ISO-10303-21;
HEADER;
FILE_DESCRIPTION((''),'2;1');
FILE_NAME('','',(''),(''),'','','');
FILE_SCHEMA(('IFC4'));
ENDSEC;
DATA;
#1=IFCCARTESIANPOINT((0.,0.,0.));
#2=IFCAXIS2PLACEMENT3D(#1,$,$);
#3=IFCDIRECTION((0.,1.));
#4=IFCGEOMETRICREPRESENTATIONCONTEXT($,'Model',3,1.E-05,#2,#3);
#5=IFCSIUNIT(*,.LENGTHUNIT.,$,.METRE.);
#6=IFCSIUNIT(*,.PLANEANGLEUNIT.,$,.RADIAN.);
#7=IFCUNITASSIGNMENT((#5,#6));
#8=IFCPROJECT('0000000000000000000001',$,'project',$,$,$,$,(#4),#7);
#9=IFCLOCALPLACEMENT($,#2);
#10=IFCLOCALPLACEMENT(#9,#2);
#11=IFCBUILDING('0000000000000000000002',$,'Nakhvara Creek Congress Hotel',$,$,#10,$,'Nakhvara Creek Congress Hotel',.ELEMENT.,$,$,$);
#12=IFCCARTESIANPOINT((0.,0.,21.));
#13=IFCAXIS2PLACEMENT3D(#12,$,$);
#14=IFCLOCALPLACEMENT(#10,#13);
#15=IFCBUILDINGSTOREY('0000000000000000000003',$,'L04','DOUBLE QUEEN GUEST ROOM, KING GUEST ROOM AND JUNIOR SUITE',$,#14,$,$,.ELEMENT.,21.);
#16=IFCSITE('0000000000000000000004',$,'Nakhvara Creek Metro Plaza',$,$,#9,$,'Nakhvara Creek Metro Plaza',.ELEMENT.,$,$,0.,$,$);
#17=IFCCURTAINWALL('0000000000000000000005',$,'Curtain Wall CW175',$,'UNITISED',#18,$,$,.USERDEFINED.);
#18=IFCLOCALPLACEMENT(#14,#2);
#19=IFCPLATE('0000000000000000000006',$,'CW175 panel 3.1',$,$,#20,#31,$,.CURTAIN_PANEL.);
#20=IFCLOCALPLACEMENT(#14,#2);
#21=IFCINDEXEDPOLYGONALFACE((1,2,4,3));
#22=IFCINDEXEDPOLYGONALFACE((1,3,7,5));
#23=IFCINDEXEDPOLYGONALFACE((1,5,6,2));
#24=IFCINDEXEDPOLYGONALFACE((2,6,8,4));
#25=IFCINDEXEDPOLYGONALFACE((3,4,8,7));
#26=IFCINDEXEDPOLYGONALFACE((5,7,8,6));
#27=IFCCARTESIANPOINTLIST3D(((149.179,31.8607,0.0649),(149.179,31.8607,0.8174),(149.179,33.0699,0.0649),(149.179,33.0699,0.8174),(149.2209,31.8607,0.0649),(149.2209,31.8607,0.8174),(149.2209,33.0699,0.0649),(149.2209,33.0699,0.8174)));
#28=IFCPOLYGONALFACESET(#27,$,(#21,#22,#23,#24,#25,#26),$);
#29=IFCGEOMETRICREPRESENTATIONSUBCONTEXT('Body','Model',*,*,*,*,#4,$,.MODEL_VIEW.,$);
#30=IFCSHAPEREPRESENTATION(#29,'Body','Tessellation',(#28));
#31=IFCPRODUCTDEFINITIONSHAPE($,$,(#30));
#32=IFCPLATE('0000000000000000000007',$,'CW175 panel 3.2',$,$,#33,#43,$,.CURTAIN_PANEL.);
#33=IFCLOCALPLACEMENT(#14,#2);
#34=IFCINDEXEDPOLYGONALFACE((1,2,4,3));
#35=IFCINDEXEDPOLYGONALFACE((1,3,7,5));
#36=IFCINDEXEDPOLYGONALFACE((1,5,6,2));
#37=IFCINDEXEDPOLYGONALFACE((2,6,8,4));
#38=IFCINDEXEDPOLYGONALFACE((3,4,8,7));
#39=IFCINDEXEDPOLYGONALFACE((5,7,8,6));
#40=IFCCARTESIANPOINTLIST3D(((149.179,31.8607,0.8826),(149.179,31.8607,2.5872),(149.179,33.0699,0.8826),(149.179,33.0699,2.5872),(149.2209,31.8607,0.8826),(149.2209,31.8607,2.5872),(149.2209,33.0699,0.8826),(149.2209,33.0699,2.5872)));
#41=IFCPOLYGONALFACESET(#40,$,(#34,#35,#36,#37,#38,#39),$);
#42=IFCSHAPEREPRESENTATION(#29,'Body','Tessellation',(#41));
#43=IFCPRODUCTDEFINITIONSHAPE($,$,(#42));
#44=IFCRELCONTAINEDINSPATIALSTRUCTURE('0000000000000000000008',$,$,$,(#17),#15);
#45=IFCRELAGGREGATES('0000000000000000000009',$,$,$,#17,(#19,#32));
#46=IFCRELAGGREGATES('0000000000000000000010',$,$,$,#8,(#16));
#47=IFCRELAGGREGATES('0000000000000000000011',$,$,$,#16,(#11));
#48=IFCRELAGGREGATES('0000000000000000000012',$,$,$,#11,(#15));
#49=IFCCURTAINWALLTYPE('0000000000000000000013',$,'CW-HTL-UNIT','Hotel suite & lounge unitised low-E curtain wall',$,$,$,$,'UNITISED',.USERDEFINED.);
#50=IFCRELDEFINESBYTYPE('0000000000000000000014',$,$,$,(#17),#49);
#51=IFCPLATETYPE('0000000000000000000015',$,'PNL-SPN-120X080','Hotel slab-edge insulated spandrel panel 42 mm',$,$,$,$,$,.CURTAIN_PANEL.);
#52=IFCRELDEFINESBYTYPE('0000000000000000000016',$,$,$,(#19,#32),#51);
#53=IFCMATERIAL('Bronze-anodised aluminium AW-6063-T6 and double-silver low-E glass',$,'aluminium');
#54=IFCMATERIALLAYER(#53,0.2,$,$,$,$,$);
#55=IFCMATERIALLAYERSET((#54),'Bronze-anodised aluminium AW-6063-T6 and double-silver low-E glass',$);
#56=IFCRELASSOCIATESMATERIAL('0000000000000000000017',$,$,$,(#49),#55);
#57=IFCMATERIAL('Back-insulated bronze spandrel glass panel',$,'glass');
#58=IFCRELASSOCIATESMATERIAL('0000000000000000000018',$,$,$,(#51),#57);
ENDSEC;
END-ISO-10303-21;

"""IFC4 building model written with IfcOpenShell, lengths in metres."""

from ifc_helpers import new_model, si_unit, direction, frame, origin, origin_2d, place, context, subcontext, project, spatial, rectangle, extrude, material, layer, layer_set, type_object, element, aggregate, save


model = new_model("IFC4")

# Units and contexts
model_context = context("Model", 3, precision=1e-05, world=origin(), true_north=direction((0.0, 1.0)))
body_context = subcontext(model_context, "Body", "Model", "MODEL_VIEW")
ifc_project = project(units=[si_unit("LENGTHUNIT", "METRE"), si_unit("PLANEANGLEUNIT", "RADIAN")], contexts=[model_context])

# Site, building, storey
site_placement = place(None, origin())
site = spatial("IfcSite", under=ifc_project, at=site_placement, Name="Nakhvara Creek Metro Plaza", LongName="Nakhvara Creek Metro Plaza", CompositionType="ELEMENT", RefElevation=0.0)
building_placement = place(site_placement, origin())
building = spatial("IfcBuilding", under=site, at=building_placement, Name="Nakhvara Creek Congress Hotel", LongName="Nakhvara Creek Congress Hotel", CompositionType="ELEMENT")
storey_placement = place(building_placement, frame((0.0, 0.0, 21.0)))
storey = spatial("IfcBuildingStorey", under=building, at=storey_placement, Name="L04", Description="DOUBLE QUEEN GUEST ROOM, KING GUEST ROOM AND JUNIOR SUITE", CompositionType="ELEMENT", Elevation=21.0)

# Curtain wall
ifc_material_1 = material(Name="Bronze-anodised aluminium AW-6063-T6 and double-silver low-E glass", Category="aluminium")
ifc_layer = layer(ifc_material_1, 0.2)
ifc_layer_set = layer_set([ifc_layer], Name="Bronze-anodised aluminium AW-6063-T6 and double-silver low-E glass")
curtain_wall_type = type_object("IfcCurtainWallType", Name="CW-HTL-UNIT", Description="Hotel suite & lounge unitised low-E curtain wall", ElementType="UNITISED", PredefinedType="USERDEFINED", material=ifc_layer_set)
curtain_wall_1_placement = place(storey_placement, origin())
curtain_wall_1 = element("IfcCurtainWall", 1, at=curtain_wall_1_placement, inside=storey, type_object=curtain_wall_type, Name="Curtain Wall CW175", ObjectType="UNITISED", PredefinedType="USERDEFINED")

# Plates
ifc_material_2 = material(Name="Back-insulated bronze spandrel glass panel", Category="glass")
plate_type_1 = type_object("IfcPlateType", Name="PNL-SPN-120X080", Description="Hotel slab-edge insulated spandrel panel 42 mm", PredefinedType="CURTAIN_PANEL", material=ifc_material_2)
plate_1_placement = place(storey_placement, frame((149.2, 32.4653, 0.0649), z_axis=(0.0, 0.0, 1.0), x_axis=(0.0, 1.0, 0.0)))
plate_1 = element("IfcPlate", 2, at=plate_1_placement, type_object=plate_type_1, Name="CW175 panel 3.1", PredefinedType="CURTAIN_PANEL", context=body_context, shape_type="SweptSolid", body=[
    extrude(rectangle(XDim=1.2092, YDim=0.042, at=origin_2d()), origin(), (0.0, 0.0, 1.0), 0.7524),
])
plate_2_placement = place(storey_placement, frame((149.2, 32.4653, 0.8826), z_axis=(0.0, 0.0, 1.0), x_axis=(0.0, 1.0, 0.0)))
plate_2 = element("IfcPlate", 3, at=plate_2_placement, type_object=plate_type_1, Name="CW175 panel 3.2", PredefinedType="CURTAIN_PANEL", context=body_context, shape_type="SweptSolid", body=[
    extrude(rectangle(XDim=1.2092, YDim=0.042, at=origin_2d()), origin(), (0.0, 0.0, 1.0), 1.7046),
])
aggregate(curtain_wall_1, [plate_1, plate_2])

save(model, "model.ifc")
